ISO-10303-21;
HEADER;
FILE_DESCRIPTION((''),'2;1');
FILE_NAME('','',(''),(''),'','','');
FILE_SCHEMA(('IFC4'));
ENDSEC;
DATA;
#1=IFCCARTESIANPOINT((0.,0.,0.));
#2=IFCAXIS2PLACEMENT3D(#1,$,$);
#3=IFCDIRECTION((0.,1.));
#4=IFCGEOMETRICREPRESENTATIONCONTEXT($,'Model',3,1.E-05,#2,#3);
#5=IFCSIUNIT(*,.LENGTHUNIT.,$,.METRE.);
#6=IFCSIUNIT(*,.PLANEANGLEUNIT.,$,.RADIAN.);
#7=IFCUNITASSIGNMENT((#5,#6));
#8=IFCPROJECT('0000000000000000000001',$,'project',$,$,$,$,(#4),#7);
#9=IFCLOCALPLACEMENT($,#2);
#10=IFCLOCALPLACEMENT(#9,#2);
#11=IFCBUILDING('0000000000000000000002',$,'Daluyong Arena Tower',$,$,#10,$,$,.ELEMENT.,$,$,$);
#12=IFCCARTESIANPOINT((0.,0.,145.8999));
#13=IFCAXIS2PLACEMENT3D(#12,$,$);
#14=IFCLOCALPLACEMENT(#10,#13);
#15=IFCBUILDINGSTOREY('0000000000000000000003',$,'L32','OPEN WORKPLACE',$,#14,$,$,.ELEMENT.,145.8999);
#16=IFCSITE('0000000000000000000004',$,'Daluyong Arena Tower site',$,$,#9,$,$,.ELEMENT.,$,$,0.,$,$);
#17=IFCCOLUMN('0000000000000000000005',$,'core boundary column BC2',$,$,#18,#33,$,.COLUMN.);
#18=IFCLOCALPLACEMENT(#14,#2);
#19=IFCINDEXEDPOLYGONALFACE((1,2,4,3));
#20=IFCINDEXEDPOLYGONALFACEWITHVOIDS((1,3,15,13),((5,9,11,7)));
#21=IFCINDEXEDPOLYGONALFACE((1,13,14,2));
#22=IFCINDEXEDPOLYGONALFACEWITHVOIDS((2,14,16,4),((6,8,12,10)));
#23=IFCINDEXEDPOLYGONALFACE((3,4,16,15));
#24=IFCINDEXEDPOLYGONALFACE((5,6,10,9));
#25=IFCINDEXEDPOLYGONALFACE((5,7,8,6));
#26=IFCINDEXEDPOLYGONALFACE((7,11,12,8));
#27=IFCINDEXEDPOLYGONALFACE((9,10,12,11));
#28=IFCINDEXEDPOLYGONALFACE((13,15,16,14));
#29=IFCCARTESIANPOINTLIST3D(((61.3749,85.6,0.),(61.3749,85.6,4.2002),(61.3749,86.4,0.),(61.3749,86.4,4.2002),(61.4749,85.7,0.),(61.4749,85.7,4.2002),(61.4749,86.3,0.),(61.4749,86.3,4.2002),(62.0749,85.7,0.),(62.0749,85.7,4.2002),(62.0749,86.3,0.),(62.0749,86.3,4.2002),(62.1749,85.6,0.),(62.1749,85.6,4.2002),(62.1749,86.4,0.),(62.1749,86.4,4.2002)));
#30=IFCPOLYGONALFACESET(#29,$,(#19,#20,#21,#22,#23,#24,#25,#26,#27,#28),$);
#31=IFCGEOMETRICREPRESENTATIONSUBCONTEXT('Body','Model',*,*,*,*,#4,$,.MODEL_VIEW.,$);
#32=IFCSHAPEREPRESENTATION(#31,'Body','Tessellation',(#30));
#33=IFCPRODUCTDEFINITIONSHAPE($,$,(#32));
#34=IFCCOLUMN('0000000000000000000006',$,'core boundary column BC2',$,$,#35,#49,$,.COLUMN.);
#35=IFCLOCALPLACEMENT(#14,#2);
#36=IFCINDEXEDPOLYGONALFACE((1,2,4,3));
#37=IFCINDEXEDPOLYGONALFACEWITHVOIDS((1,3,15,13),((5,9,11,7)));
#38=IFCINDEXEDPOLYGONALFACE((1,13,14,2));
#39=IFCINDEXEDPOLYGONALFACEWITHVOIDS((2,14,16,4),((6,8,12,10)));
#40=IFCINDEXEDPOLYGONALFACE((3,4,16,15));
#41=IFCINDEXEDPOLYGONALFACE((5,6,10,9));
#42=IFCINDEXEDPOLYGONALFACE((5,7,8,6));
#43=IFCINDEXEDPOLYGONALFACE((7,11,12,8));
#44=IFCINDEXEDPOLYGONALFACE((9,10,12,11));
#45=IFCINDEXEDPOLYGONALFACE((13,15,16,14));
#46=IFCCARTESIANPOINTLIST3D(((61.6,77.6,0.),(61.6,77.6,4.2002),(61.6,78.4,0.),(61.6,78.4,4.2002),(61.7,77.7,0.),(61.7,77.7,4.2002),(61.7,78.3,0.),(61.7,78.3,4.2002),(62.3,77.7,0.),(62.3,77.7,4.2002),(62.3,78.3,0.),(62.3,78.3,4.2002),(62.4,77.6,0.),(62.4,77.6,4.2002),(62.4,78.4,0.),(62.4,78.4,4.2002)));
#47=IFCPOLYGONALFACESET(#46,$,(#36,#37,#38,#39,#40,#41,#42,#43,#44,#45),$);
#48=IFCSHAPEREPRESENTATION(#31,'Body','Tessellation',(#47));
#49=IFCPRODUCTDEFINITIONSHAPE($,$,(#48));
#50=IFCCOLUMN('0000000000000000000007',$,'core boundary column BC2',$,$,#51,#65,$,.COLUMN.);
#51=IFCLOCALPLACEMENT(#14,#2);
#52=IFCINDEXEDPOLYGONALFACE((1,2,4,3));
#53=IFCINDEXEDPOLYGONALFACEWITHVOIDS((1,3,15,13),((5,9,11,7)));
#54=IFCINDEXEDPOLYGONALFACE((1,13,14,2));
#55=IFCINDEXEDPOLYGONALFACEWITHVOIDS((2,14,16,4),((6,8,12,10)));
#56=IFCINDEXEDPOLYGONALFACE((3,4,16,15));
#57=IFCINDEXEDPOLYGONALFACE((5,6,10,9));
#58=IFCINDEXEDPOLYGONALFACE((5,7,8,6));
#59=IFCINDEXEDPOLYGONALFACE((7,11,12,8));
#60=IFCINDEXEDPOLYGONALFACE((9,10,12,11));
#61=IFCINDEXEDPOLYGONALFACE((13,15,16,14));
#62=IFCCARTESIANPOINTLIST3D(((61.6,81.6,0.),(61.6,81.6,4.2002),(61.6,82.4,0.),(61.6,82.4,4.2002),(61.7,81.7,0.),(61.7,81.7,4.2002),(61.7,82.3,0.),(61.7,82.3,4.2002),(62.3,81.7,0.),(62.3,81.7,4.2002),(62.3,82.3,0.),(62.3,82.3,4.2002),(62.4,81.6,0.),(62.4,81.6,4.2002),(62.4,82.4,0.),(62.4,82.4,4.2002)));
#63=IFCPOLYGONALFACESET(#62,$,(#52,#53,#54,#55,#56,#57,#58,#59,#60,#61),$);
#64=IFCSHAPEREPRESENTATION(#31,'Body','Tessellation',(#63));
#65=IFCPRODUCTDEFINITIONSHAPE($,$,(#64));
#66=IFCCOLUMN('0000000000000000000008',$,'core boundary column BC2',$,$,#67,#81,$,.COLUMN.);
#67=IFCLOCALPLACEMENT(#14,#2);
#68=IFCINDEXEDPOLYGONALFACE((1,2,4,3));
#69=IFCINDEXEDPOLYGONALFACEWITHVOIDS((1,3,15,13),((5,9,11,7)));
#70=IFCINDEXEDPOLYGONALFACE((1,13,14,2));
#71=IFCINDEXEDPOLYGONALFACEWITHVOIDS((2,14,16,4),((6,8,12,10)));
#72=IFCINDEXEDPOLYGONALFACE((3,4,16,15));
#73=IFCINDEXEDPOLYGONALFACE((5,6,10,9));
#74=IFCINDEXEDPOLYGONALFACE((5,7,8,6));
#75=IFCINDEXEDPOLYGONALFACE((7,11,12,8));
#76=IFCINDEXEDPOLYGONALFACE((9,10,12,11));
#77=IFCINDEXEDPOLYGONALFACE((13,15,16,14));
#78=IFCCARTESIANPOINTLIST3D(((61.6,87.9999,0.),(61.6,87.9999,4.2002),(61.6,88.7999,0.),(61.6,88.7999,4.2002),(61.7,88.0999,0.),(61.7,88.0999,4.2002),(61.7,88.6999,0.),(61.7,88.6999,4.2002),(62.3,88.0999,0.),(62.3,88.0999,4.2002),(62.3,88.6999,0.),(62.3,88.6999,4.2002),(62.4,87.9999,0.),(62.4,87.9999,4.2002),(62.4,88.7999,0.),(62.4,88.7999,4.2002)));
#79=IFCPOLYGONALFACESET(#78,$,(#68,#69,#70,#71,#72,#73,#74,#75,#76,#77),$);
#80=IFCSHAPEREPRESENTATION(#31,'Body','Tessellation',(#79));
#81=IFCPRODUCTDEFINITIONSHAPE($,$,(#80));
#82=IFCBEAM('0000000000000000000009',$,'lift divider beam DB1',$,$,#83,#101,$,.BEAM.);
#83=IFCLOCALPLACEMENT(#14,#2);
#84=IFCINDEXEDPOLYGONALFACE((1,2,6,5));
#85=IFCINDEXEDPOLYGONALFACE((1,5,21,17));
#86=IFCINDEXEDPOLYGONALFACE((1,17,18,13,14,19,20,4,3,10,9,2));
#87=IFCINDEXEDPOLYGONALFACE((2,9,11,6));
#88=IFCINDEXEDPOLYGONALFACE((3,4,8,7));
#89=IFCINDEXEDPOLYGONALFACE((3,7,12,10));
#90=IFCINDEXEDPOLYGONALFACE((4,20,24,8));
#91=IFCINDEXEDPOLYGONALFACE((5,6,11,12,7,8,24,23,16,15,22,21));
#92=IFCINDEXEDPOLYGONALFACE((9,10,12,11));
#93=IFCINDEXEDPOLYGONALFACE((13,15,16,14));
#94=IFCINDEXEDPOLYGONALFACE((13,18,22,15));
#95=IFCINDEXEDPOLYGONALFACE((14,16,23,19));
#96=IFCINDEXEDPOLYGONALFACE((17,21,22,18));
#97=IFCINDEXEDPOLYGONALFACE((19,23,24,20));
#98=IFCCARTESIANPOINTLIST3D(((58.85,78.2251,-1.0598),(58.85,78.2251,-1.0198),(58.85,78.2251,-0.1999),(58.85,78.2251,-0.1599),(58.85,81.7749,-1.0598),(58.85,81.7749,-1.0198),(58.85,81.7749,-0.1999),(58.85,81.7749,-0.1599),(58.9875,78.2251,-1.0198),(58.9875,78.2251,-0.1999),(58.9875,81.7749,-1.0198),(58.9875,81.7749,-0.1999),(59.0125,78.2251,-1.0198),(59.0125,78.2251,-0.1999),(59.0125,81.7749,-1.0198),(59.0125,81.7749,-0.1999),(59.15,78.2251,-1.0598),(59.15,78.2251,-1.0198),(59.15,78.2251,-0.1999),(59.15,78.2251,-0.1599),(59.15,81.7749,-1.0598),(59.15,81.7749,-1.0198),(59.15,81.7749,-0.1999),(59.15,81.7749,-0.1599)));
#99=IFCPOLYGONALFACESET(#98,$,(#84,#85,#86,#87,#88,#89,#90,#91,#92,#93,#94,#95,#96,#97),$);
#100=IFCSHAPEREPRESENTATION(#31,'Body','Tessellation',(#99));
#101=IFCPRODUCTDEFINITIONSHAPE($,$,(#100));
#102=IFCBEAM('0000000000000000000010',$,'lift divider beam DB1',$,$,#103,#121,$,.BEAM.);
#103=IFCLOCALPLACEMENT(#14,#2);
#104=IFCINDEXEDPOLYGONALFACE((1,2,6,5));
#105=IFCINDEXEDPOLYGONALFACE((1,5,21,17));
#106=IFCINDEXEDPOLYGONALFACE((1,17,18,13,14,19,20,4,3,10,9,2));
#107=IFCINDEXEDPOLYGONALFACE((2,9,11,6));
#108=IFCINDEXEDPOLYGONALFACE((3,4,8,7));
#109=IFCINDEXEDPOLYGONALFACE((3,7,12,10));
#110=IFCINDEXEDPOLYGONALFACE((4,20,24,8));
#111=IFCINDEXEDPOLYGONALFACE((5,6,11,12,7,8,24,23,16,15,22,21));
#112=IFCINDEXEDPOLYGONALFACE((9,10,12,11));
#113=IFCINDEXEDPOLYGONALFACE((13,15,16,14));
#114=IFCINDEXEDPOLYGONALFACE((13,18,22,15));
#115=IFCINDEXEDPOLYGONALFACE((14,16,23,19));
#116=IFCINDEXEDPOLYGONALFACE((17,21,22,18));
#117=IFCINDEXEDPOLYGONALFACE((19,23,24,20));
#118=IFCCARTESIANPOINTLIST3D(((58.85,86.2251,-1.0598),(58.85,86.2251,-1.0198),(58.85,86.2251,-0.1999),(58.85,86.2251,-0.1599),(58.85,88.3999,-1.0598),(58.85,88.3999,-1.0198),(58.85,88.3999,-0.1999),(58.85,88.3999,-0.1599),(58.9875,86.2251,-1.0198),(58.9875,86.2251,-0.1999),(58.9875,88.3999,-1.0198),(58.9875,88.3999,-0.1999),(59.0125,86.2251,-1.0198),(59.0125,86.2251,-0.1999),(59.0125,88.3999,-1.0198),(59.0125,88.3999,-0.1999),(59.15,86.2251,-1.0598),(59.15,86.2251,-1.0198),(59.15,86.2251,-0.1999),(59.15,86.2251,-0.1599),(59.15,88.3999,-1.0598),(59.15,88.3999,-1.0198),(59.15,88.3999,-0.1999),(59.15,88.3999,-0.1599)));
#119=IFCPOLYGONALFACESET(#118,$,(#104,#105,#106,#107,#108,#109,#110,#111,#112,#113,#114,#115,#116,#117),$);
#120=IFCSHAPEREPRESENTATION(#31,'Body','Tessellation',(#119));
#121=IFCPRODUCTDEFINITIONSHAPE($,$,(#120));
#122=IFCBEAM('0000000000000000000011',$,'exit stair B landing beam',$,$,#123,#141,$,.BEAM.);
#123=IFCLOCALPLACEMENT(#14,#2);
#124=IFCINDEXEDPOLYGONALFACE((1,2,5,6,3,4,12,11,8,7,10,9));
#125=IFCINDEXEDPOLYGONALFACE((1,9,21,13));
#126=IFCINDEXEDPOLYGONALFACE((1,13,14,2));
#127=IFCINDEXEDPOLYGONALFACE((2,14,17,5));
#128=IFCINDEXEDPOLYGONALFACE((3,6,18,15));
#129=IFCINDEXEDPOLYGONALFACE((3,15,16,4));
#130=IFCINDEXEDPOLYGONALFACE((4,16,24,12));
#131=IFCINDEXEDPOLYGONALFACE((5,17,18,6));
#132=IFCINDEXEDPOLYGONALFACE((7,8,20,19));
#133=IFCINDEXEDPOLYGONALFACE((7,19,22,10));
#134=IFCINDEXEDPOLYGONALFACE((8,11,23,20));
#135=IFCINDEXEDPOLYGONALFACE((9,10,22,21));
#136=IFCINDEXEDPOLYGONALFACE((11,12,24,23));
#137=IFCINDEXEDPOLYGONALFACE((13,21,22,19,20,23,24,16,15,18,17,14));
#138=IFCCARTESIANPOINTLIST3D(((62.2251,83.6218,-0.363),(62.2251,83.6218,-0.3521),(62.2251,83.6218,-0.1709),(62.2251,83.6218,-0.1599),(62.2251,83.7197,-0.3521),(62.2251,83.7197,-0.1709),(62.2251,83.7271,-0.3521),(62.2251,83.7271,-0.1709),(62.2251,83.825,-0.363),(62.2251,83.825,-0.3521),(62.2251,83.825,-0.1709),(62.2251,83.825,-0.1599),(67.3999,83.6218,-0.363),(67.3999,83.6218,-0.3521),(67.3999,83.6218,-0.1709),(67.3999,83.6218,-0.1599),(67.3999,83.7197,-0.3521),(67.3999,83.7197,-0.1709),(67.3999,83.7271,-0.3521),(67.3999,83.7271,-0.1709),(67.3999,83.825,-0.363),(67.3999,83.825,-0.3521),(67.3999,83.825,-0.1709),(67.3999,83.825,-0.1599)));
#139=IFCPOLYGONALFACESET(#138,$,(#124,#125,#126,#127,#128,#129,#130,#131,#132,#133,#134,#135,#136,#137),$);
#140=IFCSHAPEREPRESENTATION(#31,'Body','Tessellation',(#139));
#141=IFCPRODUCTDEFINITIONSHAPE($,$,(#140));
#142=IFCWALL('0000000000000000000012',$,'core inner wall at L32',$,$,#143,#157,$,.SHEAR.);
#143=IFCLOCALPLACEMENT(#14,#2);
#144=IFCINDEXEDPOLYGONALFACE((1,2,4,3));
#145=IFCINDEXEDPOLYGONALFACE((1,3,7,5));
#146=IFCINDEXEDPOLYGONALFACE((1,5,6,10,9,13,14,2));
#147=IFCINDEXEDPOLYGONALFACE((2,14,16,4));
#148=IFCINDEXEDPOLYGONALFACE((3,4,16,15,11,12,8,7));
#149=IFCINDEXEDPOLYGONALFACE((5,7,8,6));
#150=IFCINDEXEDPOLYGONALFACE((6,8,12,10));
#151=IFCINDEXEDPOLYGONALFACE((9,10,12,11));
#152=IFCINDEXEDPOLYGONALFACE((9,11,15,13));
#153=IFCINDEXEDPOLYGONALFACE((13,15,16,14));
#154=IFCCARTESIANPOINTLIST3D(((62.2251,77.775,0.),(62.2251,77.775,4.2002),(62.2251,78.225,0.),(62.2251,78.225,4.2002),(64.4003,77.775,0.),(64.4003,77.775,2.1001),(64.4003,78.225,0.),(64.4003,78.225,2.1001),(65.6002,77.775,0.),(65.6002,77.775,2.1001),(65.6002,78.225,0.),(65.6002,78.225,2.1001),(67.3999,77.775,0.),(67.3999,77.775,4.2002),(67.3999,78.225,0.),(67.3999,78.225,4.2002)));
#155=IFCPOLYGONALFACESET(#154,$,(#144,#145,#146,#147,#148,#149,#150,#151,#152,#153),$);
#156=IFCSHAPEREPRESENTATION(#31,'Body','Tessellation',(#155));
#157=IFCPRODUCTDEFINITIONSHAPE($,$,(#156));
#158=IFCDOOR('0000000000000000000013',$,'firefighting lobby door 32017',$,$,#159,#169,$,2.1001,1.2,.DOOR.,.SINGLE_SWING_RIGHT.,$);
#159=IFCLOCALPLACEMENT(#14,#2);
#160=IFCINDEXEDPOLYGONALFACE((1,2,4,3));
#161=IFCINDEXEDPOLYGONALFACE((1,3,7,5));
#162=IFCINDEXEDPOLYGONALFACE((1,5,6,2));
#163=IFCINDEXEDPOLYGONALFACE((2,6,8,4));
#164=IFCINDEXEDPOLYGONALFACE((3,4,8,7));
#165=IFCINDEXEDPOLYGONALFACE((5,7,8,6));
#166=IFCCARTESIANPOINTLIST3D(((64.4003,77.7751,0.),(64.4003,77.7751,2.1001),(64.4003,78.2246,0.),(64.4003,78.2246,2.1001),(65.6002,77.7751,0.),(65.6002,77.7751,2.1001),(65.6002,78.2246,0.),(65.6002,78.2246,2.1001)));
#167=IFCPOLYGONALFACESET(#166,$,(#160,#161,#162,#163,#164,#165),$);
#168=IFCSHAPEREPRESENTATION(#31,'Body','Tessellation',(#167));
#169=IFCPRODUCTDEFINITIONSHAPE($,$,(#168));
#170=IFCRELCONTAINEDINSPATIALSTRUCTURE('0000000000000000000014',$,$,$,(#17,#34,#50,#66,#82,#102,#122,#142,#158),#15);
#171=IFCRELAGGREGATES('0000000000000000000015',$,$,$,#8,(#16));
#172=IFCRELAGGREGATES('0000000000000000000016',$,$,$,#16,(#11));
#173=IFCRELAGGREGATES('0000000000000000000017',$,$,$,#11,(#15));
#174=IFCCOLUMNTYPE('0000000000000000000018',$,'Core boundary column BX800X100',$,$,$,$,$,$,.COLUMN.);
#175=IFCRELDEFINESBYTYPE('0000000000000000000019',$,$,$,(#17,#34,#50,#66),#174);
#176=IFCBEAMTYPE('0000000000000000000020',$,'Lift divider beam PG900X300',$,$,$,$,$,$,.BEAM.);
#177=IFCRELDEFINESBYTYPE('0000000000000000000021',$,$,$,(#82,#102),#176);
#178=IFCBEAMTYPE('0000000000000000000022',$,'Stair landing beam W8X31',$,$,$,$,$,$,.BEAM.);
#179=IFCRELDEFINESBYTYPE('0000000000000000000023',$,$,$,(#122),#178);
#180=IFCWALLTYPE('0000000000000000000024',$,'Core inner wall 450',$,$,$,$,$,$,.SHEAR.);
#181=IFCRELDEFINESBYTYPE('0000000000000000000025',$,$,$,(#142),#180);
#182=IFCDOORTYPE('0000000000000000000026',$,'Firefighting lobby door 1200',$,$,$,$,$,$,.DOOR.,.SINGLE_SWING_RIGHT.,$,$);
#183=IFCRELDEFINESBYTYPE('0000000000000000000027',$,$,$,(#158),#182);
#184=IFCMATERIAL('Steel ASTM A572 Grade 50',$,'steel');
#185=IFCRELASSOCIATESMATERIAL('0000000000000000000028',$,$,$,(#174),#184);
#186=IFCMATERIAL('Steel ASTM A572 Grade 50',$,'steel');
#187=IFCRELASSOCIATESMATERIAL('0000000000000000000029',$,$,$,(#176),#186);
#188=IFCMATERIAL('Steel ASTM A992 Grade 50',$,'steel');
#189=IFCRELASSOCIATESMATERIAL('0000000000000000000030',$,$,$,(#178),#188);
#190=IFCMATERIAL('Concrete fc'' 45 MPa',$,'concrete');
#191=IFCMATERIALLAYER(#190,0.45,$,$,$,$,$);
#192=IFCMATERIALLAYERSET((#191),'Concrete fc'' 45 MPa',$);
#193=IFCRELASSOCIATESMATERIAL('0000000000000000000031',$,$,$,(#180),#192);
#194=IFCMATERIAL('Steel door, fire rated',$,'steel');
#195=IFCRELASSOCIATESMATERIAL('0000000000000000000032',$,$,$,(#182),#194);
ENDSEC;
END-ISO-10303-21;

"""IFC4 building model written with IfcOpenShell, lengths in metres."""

from ifc_helpers import new_model, si_unit, direction, frame, frame_2d, origin, origin_2d, place, context, subcontext, project, spatial, rectangle, hollow_rectangle, i_section, extrude, material, layer, layer_set, material_profile, profile_set, type_object, element, fill, save


model = new_model("IFC4")

# Units and contexts
model_context = context("Model", 3, precision=1e-05, world=origin(), true_north=direction((0.0, 1.0)))
body_context = subcontext(model_context, "Body", "Model", "MODEL_VIEW")
ifc_project = project(units=[si_unit("LENGTHUNIT", "METRE"), si_unit("PLANEANGLEUNIT", "RADIAN")], contexts=[model_context])

# Site, building, storey
site_placement = place(None, origin())
site = spatial("IfcSite", under=ifc_project, at=site_placement, Name="Daluyong Arena Tower site", CompositionType="ELEMENT", RefElevation=0.0)
building_placement = place(site_placement, origin())
building = spatial("IfcBuilding", under=site, at=building_placement, Name="Daluyong Arena Tower", CompositionType="ELEMENT")
storey_placement = place(building_placement, frame((0.0, 0.0, 145.8999)))
storey = spatial("IfcBuildingStorey", under=building, at=storey_placement, Name="L32", Description="OPEN WORKPLACE", CompositionType="ELEMENT", Elevation=145.8999)

# Columns
ifc_material_1 = material(Name="Steel ASTM A572 Grade 50", Category="steel")
ifc_material_profile_1 = material_profile(ifc_material_1, hollow_rectangle(XDim=0.8, YDim=0.8, WallThickness=0.1, at=origin_2d()))
ifc_profile_set_1 = profile_set([ifc_material_profile_1], Name="Steel ASTM A572 Grade 50")
column_type = type_object("IfcColumnType", Name="Core boundary column BX800X100", PredefinedType="COLUMN", material=ifc_profile_set_1)
for number, where, z_axis, x_axis, name in (
    (1, (61.7749, 86.0, 0.0), (0.0, 0.0, 1.0), (1.0, 0.0, 0.0), "core boundary column BC2"),
    (2, (62.0, 78.0, 0.0), (0.0, 0.0, 1.0), (1.0, 0.0, 0.0), "core boundary column BC2"),
    (3, (62.0, 82.0, 0.0), (0.0, 0.0, 1.0), (1.0, 0.0, 0.0), "core boundary column BC2"),
    (4, (62.0, 88.3999, 0.0), (0.0, 0.0, 1.0), (1.0, 0.0, 0.0), "core boundary column BC2"),
):
    element("IfcColumn", number, at=place(storey_placement, frame(where, z_axis=z_axis, x_axis=x_axis)), inside=storey, type_object=column_type, Name=name, PredefinedType="COLUMN", context=body_context, shape_type="SweptSolid", body=[
        extrude(hollow_rectangle(XDim=0.8, YDim=0.8, WallThickness=0.1, at=origin_2d()), origin(), (0.0, 0.0, 1.0), 4.2002),
    ])

# Beams
ifc_material_2 = material(Name="Steel ASTM A572 Grade 50", Category="steel")
ifc_material_profile_2 = material_profile(ifc_material_2, i_section(OverallWidth=0.3, OverallDepth=0.8999, WebThickness=0.025, FlangeThickness=0.04, at=origin_2d()))
ifc_profile_set_2 = profile_set([ifc_material_profile_2], Name="Steel ASTM A572 Grade 50")
beam_type_1 = type_object("IfcBeamType", Name="Lift divider beam PG900X300", PredefinedType="BEAM", material=ifc_profile_set_2)
beam_1_placement = place(storey_placement, frame((59.0, 78.2251, -0.6099), z_axis=(0.0, 1.0, 0.0), x_axis=(-1.0, 0.0, 0.0)))
element("IfcBeam", 5, at=beam_1_placement, inside=storey, type_object=beam_type_1, Name="lift divider beam DB1", PredefinedType="BEAM", context=body_context, shape_type="SweptSolid", body=[
    extrude(i_section(OverallWidth=0.3, OverallDepth=0.8999, WebThickness=0.025, FlangeThickness=0.04, at=origin_2d()), origin(), (0.0, 0.0, 1.0), 3.5498),
])
beam_2_placement = place(storey_placement, frame((59.0, 86.2251, -0.6099), z_axis=(0.0, 1.0, 0.0), x_axis=(-1.0, 0.0, 0.0)))
element("IfcBeam", 6, at=beam_2_placement, inside=storey, type_object=beam_type_1, Name="lift divider beam DB1", PredefinedType="BEAM", context=body_context, shape_type="SweptSolid", body=[
    extrude(i_section(OverallWidth=0.3, OverallDepth=0.8999, WebThickness=0.025, FlangeThickness=0.04, at=origin_2d()), origin(), (0.0, 0.0, 1.0), 2.1748),
])
ifc_material_3 = material(Name="Steel ASTM A992 Grade 50", Category="steel")
ifc_material_profile_3 = material_profile(ifc_material_3, i_section(OverallWidth=0.2031, OverallDepth=0.2031, WebThickness=0.0073, FlangeThickness=0.011, at=origin_2d()))
ifc_profile_set_3 = profile_set([ifc_material_profile_3], Name="Steel ASTM A992 Grade 50")
beam_type_2 = type_object("IfcBeamType", Name="Stair landing beam W8X31", PredefinedType="BEAM", material=ifc_profile_set_3)
beam_3_placement = place(storey_placement, frame((62.2251, 83.7234, -0.2615), z_axis=(1.0, 0.0, 0.0), x_axis=(0.0, 1.0, 0.0)))
element("IfcBeam", 7, at=beam_3_placement, inside=storey, type_object=beam_type_2, Name="exit stair B landing beam", PredefinedType="BEAM", context=body_context, shape_type="SweptSolid", body=[
    extrude(i_section(OverallWidth=0.2031, OverallDepth=0.2031, WebThickness=0.0073, FlangeThickness=0.011, at=origin_2d()), origin(), (0.0, 0.0, 1.0), 5.1748),
])

# Wall, opening, door
ifc_material_4 = material(Name="Concrete fc' 45 MPa", Category="concrete")
ifc_layer_1 = layer(ifc_material_4, 0.45)
ifc_layer_set_1 = layer_set([ifc_layer_1], Name="Concrete fc' 45 MPa")
wall_type_1 = type_object("IfcWallType", Name="Core inner wall 450", PredefinedType="SHEAR", material=ifc_layer_set_1)
wall_1_placement = place(storey_placement, frame((62.2251, 78.0, 0.0), z_axis=(0.0, 0.0, 1.0), x_axis=(1.0, 0.0, 0.0)))
wall_1 = element("IfcWall", 8, at=wall_1_placement, inside=storey, type_object=wall_type_1, Name="core inner wall at L32", PredefinedType="SHEAR", context=body_context, shape_type="SweptSolid", body=[
    extrude(rectangle(XDim=5.1748, YDim=0.45, at=frame_2d((2.5874, 0.0))), origin(), (0.0, 0.0, 1.0), 4.2002),
])
opening_1_placement = place(wall_1_placement, frame((2.175, 0.0, 0.0)))
opening_1 = element("IfcOpeningElement", 9, at=opening_1_placement, cuts=wall_1, PredefinedType="OPENING", context=body_context, shape_type="SweptSolid", body=[
    extrude(rectangle(XDim=1.2, YDim=2.1001, at=frame_2d((0.6001, 1.05))), frame((0.0, 0.2349, 0.0), z_axis=(0.0, -1.0, 0.0), x_axis=(1.0, 0.0, 0.0)), (0.0, 0.0, 1.0), 0.47),
])
ifc_material_5 = material(Name="Steel door, fire rated", Category="steel")
door_type_1 = type_object("IfcDoorType", Name="Firefighting lobby door 1200", OperationType="SINGLE_SWING_RIGHT", PredefinedType="DOOR", material=ifc_material_5)
door_1_placement = place(opening_1_placement, origin())
door_1 = element("IfcDoor", 10, at=door_1_placement, inside=storey, type_object=door_type_1, Name="firefighting lobby door 32017", OperationType="SINGLE_SWING_RIGHT", OverallHeight=2.1001, OverallWidth=1.2, PredefinedType="DOOR", context=body_context, shape_type="SweptSolid", body=[
    extrude(rectangle(XDim=1.2, YDim=2.1001, at=frame_2d((0.6001, 1.05))), frame((0.0, 0.2246, 0.0), z_axis=(0.0, -1.0, 0.0), x_axis=(1.0, 0.0, 0.0)), (0.0, 0.0, 1.0), 0.4495),
])
fill(opening_1, door_1)

save(model, "model.ifc")
